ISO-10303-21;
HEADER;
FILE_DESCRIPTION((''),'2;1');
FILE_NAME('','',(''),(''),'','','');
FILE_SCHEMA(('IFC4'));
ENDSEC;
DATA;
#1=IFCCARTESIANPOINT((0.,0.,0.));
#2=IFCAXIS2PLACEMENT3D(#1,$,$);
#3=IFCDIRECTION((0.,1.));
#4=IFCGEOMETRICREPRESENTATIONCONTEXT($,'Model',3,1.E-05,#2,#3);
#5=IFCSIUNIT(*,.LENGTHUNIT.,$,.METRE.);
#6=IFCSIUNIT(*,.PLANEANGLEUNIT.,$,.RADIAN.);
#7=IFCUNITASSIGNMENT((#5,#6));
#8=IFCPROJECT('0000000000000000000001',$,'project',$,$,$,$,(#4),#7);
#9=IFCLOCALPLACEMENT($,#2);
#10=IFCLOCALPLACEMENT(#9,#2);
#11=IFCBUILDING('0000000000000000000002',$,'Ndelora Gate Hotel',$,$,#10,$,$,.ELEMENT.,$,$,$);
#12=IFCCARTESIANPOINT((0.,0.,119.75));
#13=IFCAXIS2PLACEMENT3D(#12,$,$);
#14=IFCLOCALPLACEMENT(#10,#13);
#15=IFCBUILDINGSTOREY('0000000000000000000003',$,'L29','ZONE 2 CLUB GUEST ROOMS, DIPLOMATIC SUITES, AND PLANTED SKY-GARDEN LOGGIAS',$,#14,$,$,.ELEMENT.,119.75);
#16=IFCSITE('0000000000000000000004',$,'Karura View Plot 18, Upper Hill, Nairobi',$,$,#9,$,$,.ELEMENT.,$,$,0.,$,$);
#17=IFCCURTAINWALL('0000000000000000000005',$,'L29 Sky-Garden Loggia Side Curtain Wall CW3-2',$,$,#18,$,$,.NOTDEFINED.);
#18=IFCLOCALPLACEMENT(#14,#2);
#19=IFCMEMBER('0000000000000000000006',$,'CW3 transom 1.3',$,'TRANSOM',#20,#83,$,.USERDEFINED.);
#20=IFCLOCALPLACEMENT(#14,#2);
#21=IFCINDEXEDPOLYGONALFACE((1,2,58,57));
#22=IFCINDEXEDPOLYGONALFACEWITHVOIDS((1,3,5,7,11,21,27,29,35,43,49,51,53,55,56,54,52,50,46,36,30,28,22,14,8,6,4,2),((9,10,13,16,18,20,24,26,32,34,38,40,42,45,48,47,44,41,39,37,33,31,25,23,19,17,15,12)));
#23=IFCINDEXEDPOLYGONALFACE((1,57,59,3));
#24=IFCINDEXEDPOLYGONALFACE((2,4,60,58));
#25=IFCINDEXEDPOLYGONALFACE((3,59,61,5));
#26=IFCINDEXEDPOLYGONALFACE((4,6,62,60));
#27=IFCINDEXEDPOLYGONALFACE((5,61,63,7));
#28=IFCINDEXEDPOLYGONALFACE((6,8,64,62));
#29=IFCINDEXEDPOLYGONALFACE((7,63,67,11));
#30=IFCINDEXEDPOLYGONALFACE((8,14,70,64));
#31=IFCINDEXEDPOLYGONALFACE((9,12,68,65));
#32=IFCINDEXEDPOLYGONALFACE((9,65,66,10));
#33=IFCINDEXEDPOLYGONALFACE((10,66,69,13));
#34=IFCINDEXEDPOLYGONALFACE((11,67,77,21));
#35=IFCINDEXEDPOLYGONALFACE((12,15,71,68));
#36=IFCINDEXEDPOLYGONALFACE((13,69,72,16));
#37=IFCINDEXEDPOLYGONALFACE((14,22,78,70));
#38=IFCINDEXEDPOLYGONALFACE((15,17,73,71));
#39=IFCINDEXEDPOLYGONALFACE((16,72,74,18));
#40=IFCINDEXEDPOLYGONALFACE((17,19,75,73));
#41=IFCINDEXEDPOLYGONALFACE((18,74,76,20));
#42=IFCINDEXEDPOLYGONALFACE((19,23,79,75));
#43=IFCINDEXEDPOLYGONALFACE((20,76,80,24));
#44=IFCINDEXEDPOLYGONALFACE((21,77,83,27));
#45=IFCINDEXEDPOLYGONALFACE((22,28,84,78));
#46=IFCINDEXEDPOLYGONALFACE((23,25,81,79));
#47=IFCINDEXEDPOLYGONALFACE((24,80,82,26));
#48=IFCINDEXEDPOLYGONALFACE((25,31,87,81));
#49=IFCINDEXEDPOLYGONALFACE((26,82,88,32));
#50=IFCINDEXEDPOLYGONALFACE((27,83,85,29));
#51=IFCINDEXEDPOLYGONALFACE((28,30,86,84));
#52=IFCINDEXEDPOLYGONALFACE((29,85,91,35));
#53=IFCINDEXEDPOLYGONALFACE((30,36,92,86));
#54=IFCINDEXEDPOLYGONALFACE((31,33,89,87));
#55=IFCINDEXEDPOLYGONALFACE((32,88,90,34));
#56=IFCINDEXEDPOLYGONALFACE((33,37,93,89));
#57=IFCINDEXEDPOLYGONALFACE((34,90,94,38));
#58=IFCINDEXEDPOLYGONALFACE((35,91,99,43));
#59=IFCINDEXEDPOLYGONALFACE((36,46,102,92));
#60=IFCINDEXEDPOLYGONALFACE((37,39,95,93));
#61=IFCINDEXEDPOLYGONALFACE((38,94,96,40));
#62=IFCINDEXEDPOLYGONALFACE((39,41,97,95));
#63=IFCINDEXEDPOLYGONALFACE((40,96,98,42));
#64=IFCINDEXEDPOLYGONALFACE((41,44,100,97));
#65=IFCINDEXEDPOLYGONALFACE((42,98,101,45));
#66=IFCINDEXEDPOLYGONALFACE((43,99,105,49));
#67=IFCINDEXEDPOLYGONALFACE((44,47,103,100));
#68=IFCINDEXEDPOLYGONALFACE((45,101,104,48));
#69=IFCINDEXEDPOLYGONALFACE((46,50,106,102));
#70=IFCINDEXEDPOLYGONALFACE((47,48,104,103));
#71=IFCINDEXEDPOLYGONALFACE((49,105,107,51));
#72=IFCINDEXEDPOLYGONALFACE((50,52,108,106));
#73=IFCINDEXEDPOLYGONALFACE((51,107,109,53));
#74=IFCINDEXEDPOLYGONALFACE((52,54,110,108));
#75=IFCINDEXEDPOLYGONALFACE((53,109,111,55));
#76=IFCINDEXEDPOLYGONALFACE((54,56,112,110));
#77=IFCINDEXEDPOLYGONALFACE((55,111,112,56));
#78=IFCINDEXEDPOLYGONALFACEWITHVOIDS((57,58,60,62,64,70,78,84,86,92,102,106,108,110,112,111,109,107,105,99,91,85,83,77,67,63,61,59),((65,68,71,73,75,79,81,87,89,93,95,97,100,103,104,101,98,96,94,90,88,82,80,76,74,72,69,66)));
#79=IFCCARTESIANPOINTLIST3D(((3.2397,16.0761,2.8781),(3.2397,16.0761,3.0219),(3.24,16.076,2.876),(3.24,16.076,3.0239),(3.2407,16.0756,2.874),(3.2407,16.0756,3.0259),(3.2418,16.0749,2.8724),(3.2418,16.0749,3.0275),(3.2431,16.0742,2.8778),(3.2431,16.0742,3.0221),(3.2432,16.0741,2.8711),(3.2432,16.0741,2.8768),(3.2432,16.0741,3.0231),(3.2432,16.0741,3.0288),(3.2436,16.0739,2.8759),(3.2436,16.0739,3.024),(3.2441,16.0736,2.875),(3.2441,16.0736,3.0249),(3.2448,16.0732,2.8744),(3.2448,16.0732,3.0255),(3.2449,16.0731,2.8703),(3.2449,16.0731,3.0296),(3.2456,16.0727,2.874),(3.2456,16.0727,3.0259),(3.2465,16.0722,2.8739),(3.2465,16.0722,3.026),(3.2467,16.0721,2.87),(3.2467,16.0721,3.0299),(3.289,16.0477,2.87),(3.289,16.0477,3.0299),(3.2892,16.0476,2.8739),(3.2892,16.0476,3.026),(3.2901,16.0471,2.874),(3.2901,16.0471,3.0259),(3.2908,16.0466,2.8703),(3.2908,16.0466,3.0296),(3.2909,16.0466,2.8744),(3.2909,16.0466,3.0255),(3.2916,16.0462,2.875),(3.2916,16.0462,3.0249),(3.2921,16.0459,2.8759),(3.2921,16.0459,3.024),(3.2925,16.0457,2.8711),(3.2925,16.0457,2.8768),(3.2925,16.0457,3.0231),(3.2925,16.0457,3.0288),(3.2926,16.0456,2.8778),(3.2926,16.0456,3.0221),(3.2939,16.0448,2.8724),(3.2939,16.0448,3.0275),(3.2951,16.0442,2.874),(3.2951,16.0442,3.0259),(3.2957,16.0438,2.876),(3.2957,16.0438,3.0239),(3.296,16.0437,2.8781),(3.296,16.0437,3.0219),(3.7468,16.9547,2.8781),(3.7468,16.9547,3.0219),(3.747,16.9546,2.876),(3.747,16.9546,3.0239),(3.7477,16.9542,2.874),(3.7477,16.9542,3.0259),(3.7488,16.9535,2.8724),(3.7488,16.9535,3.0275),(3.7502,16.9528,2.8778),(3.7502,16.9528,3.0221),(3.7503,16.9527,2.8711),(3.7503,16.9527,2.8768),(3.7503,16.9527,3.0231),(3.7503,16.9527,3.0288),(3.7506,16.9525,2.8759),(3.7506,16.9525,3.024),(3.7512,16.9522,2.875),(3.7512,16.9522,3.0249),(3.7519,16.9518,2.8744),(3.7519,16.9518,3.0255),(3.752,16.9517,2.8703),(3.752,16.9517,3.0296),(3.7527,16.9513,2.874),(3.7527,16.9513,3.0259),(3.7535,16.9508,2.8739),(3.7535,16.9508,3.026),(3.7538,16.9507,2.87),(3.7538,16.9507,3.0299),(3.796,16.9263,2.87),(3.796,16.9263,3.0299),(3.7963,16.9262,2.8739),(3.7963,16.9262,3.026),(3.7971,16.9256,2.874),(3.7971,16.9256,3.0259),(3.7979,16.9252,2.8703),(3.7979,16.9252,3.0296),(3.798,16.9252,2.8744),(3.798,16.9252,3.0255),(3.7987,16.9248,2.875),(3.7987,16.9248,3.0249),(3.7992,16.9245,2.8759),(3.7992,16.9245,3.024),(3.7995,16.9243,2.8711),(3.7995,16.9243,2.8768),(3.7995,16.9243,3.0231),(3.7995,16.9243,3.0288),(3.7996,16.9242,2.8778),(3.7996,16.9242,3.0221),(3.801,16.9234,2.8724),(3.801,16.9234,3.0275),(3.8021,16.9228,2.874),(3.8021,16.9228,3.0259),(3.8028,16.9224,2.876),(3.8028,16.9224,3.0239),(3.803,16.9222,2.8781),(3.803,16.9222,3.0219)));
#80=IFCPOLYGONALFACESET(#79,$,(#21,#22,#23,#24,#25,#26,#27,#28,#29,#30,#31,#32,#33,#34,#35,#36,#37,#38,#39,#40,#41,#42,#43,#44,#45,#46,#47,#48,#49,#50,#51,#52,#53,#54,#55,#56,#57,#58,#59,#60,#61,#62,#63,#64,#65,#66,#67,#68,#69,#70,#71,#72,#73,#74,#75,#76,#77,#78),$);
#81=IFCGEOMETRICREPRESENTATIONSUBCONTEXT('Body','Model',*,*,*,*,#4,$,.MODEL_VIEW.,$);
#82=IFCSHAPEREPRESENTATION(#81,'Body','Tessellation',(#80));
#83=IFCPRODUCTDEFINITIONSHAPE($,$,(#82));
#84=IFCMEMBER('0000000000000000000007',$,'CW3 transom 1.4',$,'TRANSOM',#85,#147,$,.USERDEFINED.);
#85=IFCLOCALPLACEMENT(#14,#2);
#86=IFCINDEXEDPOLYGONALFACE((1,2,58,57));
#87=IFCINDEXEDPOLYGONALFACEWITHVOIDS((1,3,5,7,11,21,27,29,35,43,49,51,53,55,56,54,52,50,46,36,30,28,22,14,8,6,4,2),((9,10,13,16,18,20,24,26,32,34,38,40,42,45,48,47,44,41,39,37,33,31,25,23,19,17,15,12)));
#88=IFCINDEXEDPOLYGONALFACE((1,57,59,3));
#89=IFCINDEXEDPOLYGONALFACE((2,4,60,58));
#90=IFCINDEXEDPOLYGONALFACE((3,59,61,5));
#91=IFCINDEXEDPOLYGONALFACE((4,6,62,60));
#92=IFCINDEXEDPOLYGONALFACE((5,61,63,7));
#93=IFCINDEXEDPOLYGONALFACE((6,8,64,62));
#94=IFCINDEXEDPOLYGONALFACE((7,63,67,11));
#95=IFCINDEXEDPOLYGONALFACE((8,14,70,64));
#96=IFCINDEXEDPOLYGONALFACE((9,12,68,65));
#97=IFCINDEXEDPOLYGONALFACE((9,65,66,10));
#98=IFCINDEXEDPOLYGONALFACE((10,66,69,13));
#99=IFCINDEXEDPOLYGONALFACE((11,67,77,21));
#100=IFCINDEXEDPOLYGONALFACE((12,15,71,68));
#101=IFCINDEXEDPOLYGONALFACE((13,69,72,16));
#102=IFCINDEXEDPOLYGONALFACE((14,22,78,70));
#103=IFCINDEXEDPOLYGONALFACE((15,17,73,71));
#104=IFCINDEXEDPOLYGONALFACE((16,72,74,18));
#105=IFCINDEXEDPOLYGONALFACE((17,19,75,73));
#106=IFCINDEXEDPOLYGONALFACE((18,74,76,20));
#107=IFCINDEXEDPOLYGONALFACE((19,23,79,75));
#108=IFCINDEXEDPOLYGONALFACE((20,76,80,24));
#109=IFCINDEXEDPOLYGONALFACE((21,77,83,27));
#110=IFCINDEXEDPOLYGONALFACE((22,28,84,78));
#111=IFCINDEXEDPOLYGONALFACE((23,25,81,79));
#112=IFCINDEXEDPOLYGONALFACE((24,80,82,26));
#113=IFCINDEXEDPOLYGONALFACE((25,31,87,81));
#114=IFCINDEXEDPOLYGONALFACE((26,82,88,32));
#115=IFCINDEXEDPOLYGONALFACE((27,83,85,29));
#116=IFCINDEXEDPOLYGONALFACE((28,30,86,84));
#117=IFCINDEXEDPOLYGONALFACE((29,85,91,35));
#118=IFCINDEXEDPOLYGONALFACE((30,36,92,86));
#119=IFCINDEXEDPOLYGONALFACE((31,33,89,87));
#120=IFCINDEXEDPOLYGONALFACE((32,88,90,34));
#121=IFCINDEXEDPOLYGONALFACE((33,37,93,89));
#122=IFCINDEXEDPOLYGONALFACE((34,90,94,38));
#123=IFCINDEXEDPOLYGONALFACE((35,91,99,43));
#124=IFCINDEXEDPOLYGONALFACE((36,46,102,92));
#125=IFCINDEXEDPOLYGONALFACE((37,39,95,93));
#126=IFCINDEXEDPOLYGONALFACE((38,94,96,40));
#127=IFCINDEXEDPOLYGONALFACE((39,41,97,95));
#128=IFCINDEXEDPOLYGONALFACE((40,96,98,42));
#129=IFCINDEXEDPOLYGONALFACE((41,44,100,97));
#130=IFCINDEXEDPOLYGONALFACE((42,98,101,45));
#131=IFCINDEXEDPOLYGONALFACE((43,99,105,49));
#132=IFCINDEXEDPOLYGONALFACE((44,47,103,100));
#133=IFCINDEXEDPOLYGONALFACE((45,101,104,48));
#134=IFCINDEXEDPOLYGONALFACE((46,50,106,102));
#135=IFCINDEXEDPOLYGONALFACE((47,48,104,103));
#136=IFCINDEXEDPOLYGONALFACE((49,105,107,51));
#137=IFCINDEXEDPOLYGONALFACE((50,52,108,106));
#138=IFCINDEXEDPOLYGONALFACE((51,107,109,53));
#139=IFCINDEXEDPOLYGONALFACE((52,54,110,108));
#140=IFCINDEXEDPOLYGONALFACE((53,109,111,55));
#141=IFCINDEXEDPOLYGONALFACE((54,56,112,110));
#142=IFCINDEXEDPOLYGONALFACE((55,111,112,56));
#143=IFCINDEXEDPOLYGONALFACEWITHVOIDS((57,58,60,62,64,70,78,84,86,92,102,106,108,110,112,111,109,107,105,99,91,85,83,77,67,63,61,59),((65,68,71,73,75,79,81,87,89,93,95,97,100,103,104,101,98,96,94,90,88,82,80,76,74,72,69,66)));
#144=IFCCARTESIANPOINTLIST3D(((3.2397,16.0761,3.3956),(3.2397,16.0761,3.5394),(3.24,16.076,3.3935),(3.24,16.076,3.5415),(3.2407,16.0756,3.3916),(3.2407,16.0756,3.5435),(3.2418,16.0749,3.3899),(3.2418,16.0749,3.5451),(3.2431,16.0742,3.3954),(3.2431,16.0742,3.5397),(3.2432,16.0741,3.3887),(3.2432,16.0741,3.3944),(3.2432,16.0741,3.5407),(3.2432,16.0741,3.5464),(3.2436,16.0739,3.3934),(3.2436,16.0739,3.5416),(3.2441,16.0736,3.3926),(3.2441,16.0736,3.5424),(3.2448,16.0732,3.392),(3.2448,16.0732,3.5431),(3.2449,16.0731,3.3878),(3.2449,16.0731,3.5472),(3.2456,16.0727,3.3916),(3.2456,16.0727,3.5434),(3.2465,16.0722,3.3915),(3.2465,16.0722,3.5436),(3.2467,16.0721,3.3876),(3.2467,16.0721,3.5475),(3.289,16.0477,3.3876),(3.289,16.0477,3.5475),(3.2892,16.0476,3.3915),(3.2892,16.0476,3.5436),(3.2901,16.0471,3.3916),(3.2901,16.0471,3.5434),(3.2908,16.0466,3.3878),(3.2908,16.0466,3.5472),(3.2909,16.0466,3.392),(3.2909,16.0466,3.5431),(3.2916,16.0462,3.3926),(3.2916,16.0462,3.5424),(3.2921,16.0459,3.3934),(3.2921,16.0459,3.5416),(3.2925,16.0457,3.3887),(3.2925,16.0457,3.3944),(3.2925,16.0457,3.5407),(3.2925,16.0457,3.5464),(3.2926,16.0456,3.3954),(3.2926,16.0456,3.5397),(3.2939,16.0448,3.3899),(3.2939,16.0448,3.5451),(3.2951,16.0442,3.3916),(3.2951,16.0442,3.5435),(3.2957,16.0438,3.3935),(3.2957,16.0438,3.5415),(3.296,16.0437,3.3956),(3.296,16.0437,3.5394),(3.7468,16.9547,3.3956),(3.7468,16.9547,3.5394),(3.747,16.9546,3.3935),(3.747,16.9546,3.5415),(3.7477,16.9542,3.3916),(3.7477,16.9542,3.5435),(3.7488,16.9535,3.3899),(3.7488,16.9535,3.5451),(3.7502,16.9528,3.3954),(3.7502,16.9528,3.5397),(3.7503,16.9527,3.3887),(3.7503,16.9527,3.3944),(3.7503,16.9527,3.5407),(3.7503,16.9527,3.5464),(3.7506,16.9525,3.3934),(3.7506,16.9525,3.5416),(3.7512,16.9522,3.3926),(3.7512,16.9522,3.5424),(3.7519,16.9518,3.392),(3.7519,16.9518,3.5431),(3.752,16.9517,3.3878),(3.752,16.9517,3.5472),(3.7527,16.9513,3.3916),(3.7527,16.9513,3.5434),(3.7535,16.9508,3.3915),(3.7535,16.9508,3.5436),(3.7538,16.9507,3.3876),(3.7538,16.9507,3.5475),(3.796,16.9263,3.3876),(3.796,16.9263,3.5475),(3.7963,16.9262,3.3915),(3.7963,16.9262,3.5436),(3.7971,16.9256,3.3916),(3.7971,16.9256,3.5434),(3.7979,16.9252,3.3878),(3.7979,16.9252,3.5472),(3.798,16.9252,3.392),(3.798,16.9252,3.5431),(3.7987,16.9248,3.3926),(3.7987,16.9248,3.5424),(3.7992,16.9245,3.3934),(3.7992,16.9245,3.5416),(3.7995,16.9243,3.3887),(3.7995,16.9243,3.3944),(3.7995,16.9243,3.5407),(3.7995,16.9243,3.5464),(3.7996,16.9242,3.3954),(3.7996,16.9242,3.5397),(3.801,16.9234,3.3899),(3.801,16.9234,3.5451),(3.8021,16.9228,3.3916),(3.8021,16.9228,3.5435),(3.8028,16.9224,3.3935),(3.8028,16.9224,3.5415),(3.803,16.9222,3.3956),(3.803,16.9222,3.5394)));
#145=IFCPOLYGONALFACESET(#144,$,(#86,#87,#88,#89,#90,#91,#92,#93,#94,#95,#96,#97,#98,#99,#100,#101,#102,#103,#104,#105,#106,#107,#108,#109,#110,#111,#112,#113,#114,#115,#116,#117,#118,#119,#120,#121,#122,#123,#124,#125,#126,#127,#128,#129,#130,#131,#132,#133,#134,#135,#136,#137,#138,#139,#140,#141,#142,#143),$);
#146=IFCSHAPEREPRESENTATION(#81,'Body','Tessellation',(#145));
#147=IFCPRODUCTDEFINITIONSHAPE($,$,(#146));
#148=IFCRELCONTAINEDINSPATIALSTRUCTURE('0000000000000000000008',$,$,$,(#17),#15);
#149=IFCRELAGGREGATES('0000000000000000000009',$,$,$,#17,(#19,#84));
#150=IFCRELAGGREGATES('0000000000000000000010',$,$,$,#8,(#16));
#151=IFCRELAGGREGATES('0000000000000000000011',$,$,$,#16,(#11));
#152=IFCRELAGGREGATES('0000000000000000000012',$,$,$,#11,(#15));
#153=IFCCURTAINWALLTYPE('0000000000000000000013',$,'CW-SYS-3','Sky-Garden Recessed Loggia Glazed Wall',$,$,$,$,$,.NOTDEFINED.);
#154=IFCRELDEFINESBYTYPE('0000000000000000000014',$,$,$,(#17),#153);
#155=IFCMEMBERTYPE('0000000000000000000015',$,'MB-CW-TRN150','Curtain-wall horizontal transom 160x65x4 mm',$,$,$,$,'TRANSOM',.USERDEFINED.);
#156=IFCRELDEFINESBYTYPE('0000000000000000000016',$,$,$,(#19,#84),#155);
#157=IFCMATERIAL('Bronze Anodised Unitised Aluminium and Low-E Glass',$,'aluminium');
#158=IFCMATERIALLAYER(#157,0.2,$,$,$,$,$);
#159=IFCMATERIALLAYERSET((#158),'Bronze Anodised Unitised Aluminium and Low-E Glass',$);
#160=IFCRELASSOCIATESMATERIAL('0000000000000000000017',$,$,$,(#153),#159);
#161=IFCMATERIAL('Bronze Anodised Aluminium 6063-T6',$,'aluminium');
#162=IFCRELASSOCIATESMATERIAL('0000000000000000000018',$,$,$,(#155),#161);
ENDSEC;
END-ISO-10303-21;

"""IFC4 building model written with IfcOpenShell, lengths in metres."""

from ifc_helpers import new_model, si_unit, direction, frame, origin, origin_2d, place, context, subcontext, project, spatial, hollow_rectangle, extrude, material, layer, layer_set, material_profile, profile_set, type_object, element, aggregate, save


model = new_model("IFC4")

# Units and contexts
model_context = context("Model", 3, precision=1e-05, world=origin(), true_north=direction((0.0, 1.0)))
body_context = subcontext(model_context, "Body", "Model", "MODEL_VIEW")
ifc_project = project(units=[si_unit("LENGTHUNIT", "METRE"), si_unit("PLANEANGLEUNIT", "RADIAN")], contexts=[model_context])

# Site, building, storey
site_placement = place(None, origin())
site = spatial("IfcSite", under=ifc_project, at=site_placement, Name="Karura View Plot 18, Upper Hill, Nairobi", CompositionType="ELEMENT", RefElevation=0.0)
building_placement = place(site_placement, origin())
building = spatial("IfcBuilding", under=site, at=building_placement, Name="Ndelora Gate Hotel", CompositionType="ELEMENT")
storey_placement = place(building_placement, frame((0.0, 0.0, 119.75)))
storey = spatial("IfcBuildingStorey", under=building, at=storey_placement, Name="L29", Description="ZONE 2 CLUB GUEST ROOMS, DIPLOMATIC SUITES, AND PLANTED SKY-GARDEN LOGGIAS", CompositionType="ELEMENT", Elevation=119.75)

# Curtain wall, members
ifc_material_1 = material(Name="Bronze Anodised Unitised Aluminium and Low-E Glass", Category="aluminium")
ifc_layer_1 = layer(ifc_material_1, 0.2)
ifc_layer_set_1 = layer_set([ifc_layer_1], Name="Bronze Anodised Unitised Aluminium and Low-E Glass")
curtain_wall_type = type_object("IfcCurtainWallType", Name="CW-SYS-3", Description="Sky-Garden Recessed Loggia Glazed Wall", PredefinedType="NOTDEFINED", material=ifc_layer_set_1)
curtain_wall_placement = place(storey_placement, origin())
curtain_wall = element("IfcCurtainWall", 1, at=curtain_wall_placement, inside=storey, type_object=curtain_wall_type, Name="L29 Sky-Garden Loggia Side Curtain Wall CW3-2", PredefinedType="NOTDEFINED")
ifc_material_2 = material(Name="Bronze Anodised Aluminium 6063-T6", Category="aluminium")
ifc_material_profile_1 = material_profile(ifc_material_2, hollow_rectangle(XDim=0.0649, YDim=0.1599, WallThickness=0.0039, InnerFilletRadius=0.0039, OuterFilletRadius=0.0081, at=origin_2d()), Name="ALU 160x65x4")
ifc_profile_set_1 = profile_set([ifc_material_profile_1], Name="Bronze Anodised Aluminium 6063-T6")
member_type_1 = type_object("IfcMemberType", Name="MB-CW-TRN150", Description="Curtain-wall horizontal transom 160x65x4 mm", ElementType="TRANSOM", PredefinedType="USERDEFINED", material=ifc_profile_set_1)
member_1_placement = place(storey_placement, frame((3.7749, 16.9385, 2.95), z_axis=(-0.499841, -0.866117, 0.0), x_axis=(0.866117, -0.499841, 0.0)))
member_1 = element("IfcMember", 2, at=member_1_placement, type_object=member_type_1, Name="CW3 transom 1.3", ObjectType="TRANSOM", PredefinedType="USERDEFINED", context=body_context, shape_type="SweptSolid", body=[
    extrude(hollow_rectangle(XDim=0.0649, YDim=0.1599, WallThickness=0.0039, InnerFilletRadius=0.0039, OuterFilletRadius=0.0081, at=origin_2d()), origin(), (0.0, 0.0, 1.0), 1.0144),
])
member_2_placement = place(storey_placement, frame((3.7749, 16.9385, 3.4675), z_axis=(-0.499841, -0.866117, 0.0), x_axis=(0.866117, -0.499841, 0.0)))
member_2 = element("IfcMember", 3, at=member_2_placement, type_object=member_type_1, Name="CW3 transom 1.4", ObjectType="TRANSOM", PredefinedType="USERDEFINED", context=body_context, shape_type="SweptSolid", body=[
    extrude(hollow_rectangle(XDim=0.0649, YDim=0.1599, WallThickness=0.0039, InnerFilletRadius=0.0039, OuterFilletRadius=0.0081, at=origin_2d()), origin(), (0.0, 0.0, 1.0), 1.0144),
])
aggregate(curtain_wall, [member_1, member_2])

save(model, "model.ifc")
